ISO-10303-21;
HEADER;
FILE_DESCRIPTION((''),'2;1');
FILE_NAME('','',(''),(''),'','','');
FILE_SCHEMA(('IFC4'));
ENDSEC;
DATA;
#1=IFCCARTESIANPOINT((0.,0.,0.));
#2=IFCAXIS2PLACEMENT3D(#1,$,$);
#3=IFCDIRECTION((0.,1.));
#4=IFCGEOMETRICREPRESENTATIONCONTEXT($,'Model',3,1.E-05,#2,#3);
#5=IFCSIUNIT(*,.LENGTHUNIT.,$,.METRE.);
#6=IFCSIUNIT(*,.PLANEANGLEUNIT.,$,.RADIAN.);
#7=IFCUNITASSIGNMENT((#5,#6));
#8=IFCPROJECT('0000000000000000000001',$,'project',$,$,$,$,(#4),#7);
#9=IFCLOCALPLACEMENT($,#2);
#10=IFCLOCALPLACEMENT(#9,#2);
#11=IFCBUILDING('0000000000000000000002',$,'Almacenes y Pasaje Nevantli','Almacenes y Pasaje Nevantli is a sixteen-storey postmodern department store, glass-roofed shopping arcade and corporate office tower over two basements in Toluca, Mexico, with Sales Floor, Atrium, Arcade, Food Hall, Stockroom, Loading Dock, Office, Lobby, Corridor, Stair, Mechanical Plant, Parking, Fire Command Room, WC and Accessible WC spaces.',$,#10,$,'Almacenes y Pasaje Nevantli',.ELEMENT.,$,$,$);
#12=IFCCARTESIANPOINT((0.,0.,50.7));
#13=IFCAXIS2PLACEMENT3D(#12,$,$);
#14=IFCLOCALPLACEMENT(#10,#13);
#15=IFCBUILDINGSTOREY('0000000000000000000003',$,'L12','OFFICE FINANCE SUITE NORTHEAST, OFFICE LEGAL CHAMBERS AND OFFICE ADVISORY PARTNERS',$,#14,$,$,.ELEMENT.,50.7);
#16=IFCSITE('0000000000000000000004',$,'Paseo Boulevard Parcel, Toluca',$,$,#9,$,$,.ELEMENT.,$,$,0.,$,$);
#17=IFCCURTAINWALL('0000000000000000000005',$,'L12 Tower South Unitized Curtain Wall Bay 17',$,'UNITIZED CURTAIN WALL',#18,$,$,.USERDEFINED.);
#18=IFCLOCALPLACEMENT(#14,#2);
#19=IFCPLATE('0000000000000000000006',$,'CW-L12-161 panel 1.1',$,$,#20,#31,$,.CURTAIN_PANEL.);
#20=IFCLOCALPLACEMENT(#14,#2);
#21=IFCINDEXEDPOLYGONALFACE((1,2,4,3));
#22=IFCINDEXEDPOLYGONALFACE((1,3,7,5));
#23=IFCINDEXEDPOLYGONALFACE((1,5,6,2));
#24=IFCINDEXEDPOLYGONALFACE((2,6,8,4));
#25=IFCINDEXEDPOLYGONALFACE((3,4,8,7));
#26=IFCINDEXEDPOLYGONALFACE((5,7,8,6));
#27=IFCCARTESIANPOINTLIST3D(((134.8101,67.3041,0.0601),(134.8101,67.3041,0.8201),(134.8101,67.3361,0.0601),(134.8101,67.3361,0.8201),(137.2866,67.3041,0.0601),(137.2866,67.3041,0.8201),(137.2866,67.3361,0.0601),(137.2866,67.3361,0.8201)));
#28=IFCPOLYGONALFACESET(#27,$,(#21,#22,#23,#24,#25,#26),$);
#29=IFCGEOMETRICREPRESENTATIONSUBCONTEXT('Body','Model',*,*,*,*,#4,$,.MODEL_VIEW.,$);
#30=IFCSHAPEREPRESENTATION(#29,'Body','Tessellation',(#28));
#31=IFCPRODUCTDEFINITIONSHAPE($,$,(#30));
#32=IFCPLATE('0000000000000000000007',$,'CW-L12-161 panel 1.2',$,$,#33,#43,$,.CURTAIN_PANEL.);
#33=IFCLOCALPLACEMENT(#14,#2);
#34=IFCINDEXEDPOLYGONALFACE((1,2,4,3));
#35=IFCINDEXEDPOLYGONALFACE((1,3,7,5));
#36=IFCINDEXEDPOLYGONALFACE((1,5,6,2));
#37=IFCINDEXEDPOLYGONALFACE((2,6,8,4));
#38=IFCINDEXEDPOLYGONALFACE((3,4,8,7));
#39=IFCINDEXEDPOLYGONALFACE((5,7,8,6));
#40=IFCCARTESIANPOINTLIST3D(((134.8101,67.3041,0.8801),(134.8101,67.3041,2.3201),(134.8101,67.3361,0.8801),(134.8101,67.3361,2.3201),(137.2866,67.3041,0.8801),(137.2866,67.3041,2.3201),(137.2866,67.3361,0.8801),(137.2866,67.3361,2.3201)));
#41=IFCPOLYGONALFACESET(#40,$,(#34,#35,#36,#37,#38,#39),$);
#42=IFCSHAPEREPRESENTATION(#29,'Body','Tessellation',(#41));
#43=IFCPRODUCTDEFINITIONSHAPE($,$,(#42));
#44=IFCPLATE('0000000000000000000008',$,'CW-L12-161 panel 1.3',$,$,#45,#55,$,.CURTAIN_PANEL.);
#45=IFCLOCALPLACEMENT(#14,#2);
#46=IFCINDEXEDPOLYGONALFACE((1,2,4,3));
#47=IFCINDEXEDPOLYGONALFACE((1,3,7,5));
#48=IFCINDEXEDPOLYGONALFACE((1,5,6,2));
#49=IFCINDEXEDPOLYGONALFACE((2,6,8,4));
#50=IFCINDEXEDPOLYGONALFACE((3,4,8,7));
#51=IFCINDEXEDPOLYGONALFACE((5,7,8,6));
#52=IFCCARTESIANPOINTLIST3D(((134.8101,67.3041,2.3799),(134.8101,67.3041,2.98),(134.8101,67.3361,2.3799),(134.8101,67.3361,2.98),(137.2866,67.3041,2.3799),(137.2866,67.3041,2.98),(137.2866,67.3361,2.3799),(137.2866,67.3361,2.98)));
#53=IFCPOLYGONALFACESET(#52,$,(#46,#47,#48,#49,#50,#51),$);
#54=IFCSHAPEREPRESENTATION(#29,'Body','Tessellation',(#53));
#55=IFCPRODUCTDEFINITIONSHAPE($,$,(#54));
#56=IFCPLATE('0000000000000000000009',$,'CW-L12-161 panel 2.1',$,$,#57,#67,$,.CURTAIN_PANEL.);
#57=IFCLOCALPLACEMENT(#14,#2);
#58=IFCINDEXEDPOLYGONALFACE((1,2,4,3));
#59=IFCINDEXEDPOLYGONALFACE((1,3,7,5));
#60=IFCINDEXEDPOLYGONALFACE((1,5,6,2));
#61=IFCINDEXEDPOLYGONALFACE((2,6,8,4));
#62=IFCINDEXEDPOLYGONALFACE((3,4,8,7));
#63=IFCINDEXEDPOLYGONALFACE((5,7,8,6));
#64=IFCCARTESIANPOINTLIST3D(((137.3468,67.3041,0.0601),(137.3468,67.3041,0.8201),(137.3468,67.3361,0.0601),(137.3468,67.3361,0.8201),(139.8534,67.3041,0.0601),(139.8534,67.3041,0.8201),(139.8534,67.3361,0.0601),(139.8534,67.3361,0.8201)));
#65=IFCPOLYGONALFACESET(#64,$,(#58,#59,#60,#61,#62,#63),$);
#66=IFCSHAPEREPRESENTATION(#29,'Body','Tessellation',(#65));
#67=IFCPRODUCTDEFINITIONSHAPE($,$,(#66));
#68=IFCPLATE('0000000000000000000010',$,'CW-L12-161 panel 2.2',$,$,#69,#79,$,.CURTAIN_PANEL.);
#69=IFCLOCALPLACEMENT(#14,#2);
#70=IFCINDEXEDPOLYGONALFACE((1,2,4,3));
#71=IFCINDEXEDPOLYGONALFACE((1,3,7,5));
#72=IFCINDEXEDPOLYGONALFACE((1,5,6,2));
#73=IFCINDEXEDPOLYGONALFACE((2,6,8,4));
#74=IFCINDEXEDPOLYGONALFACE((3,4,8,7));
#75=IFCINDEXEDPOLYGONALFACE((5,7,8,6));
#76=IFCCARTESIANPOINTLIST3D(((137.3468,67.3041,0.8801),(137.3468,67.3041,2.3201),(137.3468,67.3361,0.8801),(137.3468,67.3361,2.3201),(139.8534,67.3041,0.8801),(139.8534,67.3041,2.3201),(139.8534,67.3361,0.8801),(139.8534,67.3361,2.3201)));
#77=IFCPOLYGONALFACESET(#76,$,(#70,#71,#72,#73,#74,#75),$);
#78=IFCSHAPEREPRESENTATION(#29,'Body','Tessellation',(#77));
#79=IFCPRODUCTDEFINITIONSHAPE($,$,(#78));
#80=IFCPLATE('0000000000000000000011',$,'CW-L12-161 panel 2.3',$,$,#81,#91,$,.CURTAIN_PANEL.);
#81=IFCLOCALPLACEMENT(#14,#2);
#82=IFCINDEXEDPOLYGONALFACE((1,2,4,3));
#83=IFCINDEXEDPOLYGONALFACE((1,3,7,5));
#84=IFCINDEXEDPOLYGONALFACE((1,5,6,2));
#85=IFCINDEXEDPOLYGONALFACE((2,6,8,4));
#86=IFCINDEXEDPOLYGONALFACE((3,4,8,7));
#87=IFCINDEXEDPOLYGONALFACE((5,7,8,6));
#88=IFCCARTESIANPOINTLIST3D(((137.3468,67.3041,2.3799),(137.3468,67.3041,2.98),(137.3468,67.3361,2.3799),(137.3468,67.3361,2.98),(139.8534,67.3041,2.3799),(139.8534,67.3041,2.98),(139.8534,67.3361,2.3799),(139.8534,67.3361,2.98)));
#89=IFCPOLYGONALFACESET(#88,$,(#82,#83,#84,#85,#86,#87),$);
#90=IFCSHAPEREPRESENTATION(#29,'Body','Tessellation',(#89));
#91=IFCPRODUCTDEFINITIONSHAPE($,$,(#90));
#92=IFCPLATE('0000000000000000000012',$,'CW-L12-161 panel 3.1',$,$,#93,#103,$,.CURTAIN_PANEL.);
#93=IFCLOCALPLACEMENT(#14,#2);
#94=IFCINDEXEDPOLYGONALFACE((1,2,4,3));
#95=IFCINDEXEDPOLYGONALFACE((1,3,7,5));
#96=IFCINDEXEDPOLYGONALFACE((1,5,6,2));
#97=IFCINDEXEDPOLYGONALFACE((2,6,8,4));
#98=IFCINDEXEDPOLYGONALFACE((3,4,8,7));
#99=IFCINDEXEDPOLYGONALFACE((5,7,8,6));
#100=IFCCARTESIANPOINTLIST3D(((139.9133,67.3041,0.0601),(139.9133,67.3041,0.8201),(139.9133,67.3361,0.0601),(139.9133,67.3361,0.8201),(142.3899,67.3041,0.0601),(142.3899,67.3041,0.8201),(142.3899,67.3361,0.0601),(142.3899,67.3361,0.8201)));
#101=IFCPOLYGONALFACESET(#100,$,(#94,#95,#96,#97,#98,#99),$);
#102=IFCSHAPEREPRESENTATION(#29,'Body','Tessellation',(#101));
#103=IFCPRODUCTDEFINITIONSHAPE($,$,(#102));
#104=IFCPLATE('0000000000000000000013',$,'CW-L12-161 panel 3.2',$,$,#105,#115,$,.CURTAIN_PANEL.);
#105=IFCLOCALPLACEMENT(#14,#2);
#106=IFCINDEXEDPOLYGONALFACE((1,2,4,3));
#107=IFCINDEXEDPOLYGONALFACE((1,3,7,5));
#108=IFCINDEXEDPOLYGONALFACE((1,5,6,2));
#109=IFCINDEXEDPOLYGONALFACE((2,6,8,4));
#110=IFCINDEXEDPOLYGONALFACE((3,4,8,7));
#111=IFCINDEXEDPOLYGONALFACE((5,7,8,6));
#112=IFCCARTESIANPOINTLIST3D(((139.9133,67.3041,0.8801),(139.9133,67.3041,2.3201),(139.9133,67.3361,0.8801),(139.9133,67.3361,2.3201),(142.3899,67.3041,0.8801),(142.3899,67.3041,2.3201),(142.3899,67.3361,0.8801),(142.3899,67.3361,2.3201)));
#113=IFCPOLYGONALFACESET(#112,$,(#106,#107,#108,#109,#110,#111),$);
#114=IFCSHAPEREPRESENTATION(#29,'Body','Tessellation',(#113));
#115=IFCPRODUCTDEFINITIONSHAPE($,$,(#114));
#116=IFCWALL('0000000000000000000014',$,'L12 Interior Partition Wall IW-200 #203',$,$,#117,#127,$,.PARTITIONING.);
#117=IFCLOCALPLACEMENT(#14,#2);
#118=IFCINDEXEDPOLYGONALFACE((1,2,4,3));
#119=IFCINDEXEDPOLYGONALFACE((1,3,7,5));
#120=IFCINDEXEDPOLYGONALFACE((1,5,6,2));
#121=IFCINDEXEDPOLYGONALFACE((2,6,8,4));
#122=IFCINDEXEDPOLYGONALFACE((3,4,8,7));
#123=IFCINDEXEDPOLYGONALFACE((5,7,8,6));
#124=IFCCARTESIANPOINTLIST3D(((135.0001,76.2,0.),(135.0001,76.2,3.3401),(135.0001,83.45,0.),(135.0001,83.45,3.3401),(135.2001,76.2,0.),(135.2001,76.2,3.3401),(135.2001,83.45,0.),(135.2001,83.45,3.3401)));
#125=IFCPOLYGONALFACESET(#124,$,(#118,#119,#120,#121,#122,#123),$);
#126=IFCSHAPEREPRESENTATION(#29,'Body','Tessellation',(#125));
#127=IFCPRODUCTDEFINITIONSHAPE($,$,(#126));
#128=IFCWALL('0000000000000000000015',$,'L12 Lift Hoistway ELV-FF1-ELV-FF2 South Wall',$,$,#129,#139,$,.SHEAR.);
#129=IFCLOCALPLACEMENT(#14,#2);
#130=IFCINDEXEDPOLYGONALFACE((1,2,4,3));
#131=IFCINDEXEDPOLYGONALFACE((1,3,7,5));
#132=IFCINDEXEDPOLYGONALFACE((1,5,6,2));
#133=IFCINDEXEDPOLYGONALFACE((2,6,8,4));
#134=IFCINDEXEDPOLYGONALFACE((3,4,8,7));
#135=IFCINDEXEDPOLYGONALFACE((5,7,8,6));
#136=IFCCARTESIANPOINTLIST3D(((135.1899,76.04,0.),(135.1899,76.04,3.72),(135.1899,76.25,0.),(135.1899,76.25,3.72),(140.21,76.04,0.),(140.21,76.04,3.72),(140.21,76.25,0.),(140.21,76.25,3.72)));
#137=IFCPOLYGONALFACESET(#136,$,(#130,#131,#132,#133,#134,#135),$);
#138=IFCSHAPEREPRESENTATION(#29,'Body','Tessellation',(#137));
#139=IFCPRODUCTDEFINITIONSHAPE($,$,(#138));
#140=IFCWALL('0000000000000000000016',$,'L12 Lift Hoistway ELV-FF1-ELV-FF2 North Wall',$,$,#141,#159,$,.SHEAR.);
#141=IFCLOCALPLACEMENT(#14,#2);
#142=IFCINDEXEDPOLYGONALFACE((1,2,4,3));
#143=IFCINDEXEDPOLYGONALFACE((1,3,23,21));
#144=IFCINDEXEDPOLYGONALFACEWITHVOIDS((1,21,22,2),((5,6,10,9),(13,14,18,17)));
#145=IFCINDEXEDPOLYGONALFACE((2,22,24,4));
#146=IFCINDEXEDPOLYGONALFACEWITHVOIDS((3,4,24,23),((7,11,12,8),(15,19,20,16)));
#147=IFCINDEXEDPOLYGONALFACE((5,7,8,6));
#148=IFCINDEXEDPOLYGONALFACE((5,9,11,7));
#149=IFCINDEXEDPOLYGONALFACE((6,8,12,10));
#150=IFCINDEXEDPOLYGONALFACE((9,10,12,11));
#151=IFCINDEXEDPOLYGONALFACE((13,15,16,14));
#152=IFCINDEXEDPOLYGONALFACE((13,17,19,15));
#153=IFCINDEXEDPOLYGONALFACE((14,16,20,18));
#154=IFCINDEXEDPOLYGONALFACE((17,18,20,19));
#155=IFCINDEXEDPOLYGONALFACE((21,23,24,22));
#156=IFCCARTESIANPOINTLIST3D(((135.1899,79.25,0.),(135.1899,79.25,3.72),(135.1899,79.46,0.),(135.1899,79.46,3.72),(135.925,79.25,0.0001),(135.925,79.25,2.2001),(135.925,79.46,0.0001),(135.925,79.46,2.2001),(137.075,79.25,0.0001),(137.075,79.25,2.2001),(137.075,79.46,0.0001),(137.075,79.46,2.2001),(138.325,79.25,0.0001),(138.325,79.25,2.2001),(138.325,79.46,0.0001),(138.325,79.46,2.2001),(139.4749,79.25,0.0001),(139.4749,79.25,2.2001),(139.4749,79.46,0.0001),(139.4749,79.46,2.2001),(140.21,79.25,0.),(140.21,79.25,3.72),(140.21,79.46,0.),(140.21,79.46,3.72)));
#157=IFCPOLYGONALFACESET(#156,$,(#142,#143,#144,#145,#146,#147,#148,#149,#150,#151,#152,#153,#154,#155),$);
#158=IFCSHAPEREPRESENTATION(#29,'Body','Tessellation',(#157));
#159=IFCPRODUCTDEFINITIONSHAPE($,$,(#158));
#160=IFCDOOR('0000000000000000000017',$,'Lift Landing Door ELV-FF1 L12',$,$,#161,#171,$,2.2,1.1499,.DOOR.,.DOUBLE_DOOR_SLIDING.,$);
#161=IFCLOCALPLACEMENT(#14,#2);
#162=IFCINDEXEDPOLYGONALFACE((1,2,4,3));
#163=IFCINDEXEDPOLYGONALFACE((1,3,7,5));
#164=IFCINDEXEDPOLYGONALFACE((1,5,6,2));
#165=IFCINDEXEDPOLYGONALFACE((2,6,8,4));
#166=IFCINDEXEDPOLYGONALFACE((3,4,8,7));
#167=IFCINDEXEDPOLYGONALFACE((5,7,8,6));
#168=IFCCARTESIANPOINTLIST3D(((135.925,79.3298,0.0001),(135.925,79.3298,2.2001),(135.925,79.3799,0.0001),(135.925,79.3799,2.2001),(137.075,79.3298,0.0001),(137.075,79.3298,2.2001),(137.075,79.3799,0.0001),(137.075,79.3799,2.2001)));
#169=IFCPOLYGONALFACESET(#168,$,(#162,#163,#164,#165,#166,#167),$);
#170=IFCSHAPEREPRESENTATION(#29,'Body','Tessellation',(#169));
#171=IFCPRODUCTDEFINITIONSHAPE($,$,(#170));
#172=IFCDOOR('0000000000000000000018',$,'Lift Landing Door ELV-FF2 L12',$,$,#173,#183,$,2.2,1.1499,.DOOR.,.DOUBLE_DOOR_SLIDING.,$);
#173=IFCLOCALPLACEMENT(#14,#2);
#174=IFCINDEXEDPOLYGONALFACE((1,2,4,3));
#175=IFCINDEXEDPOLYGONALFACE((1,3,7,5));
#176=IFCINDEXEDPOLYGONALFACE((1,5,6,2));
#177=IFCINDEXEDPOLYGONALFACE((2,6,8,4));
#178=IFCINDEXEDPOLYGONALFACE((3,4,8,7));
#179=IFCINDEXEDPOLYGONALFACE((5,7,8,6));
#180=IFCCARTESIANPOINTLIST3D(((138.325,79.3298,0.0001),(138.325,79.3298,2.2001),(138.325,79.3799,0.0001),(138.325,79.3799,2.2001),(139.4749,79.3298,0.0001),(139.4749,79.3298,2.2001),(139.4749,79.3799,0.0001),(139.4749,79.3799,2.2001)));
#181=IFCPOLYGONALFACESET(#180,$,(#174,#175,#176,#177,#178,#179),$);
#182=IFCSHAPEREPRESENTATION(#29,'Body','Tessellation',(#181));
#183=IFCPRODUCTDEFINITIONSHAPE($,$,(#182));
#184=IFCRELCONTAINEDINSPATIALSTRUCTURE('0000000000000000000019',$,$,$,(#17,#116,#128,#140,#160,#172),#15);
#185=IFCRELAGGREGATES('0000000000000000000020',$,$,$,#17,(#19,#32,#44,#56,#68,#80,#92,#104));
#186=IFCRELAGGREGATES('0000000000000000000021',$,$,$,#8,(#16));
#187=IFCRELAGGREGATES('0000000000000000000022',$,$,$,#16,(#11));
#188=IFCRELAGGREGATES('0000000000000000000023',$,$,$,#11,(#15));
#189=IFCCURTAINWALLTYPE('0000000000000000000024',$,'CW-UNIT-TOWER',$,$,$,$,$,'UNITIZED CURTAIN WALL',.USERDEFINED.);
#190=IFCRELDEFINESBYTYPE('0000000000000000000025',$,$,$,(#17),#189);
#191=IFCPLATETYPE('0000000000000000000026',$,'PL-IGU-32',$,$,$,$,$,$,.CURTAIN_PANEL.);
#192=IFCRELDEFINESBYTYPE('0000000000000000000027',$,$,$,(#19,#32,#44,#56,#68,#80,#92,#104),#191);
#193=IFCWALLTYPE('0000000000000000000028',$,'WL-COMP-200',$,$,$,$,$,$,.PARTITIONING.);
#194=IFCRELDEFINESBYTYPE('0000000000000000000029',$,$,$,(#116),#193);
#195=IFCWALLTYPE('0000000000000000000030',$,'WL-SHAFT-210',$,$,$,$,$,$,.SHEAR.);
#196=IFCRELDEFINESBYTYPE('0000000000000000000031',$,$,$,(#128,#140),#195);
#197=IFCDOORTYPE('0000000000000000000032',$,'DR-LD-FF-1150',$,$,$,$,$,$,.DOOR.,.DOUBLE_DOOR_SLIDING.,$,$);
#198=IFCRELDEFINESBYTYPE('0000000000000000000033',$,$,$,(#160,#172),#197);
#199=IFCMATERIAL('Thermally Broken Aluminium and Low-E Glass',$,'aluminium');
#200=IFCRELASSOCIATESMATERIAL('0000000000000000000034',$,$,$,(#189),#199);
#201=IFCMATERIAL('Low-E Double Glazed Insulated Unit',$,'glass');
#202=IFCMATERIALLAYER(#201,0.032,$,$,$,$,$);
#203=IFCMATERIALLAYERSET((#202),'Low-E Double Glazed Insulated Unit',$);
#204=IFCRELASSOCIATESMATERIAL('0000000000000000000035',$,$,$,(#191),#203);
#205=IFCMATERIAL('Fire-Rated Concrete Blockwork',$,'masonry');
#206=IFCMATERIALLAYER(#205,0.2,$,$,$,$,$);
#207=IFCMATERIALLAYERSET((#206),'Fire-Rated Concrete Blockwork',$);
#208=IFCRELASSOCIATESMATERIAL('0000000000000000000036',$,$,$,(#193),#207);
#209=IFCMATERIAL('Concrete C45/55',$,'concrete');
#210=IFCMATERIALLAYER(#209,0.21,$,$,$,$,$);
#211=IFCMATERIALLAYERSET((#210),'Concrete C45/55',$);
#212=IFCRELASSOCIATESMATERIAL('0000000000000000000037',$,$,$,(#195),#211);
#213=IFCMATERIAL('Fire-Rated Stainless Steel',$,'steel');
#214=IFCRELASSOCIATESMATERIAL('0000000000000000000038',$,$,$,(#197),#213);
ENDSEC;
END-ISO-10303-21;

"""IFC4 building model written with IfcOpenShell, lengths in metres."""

from ifc_helpers import new_model, si_unit, direction, frame, frame_2d, origin, origin_2d, place, context, subcontext, project, spatial, rectangle, extrude, material, layer, layer_set, type_object, element, fill, aggregate, save


model = new_model("IFC4")

# Units and contexts
model_context = context("Model", 3, precision=1e-05, world=origin(), true_north=direction((0.0, 1.0)))
body_context = subcontext(model_context, "Body", "Model", "MODEL_VIEW")
ifc_project = project(units=[si_unit("LENGTHUNIT", "METRE"), si_unit("PLANEANGLEUNIT", "RADIAN")], contexts=[model_context])

# Site, building, storey
site_placement = place(None, origin())
site = spatial("IfcSite", under=ifc_project, at=site_placement, Name="Paseo Boulevard Parcel, Toluca", CompositionType="ELEMENT", RefElevation=0.0)
building_placement = place(site_placement, origin())
building = spatial("IfcBuilding", under=site, at=building_placement, Name="Almacenes y Pasaje Nevantli", Description="Almacenes y Pasaje Nevantli is a sixteen-storey postmodern department store, glass-roofed shopping arcade and corporate office tower over two basements in Toluca, Mexico, with Sales Floor, Atrium, Arcade, Food Hall, Stockroom, Loading Dock, Office, Lobby, Corridor, Stair, Mechanical Plant, Parking, Fire Command Room, WC and Accessible WC spaces.", LongName="Almacenes y Pasaje Nevantli", CompositionType="ELEMENT")
storey_placement = place(building_placement, frame((0.0, 0.0, 50.7)))
storey = spatial("IfcBuildingStorey", under=building, at=storey_placement, Name="L12", Description="OFFICE FINANCE SUITE NORTHEAST, OFFICE LEGAL CHAMBERS AND OFFICE ADVISORY PARTNERS", CompositionType="ELEMENT", Elevation=50.7)

# Curtain wall, plates
ifc_material_1 = material(Name="Thermally Broken Aluminium and Low-E Glass", Category="aluminium")
curtain_wall_type = type_object("IfcCurtainWallType", Name="CW-UNIT-TOWER", ElementType="UNITIZED CURTAIN WALL", PredefinedType="USERDEFINED", material=ifc_material_1)
curtain_wall_placement = place(storey_placement, origin())
curtain_wall = element("IfcCurtainWall", 1, at=curtain_wall_placement, inside=storey, type_object=curtain_wall_type, Name="L12 Tower South Unitized Curtain Wall Bay 17", ObjectType="UNITIZED CURTAIN WALL", PredefinedType="USERDEFINED")
ifc_material_2 = material(Name="Low-E Double Glazed Insulated Unit", Category="glass")
ifc_layer_1 = layer(ifc_material_2, 0.032)
ifc_layer_set_1 = layer_set([ifc_layer_1], Name="Low-E Double Glazed Insulated Unit")
plate_type = type_object("IfcPlateType", Name="PL-IGU-32", PredefinedType="CURTAIN_PANEL", material=ifc_layer_set_1)
plate_1_placement = place(storey_placement, frame((136.0483, 67.3201, 0.0601), z_axis=(0.0, 0.0, 1.0), x_axis=(1.0, 0.0, 0.0)))
plate_1 = element("IfcPlate", 2, at=plate_1_placement, type_object=plate_type, Name="CW-L12-161 panel 1.1", PredefinedType="CURTAIN_PANEL", context=body_context, shape_type="SweptSolid", body=[
    extrude(rectangle(XDim=2.4766, YDim=0.032, at=origin_2d()), origin(), (0.0, 0.0, 1.0), 0.76),
])
plate_2_placement = place(storey_placement, frame((136.0483, 67.3201, 0.8801), z_axis=(0.0, 0.0, 1.0), x_axis=(1.0, 0.0, 0.0)))
plate_2 = element("IfcPlate", 3, at=plate_2_placement, type_object=plate_type, Name="CW-L12-161 panel 1.2", PredefinedType="CURTAIN_PANEL", context=body_context, shape_type="SweptSolid", body=[
    extrude(rectangle(XDim=2.4766, YDim=0.032, at=origin_2d()), origin(), (0.0, 0.0, 1.0), 1.4399),
])
plate_3_placement = place(storey_placement, frame((136.0483, 67.3201, 2.3799), z_axis=(0.0, 0.0, 1.0), x_axis=(1.0, 0.0, 0.0)))
plate_3 = element("IfcPlate", 4, at=plate_3_placement, type_object=plate_type, Name="CW-L12-161 panel 1.3", PredefinedType="CURTAIN_PANEL", context=body_context, shape_type="SweptSolid", body=[
    extrude(rectangle(XDim=2.4766, YDim=0.032, at=origin_2d()), origin(), (0.0, 0.0, 1.0), 0.6001),
])
plate_4_placement = place(storey_placement, frame((138.6001, 67.3201, 0.0601), z_axis=(0.0, 0.0, 1.0), x_axis=(1.0, 0.0, 0.0)))
plate_4 = element("IfcPlate", 5, at=plate_4_placement, type_object=plate_type, Name="CW-L12-161 panel 2.1", PredefinedType="CURTAIN_PANEL", context=body_context, shape_type="SweptSolid", body=[
    extrude(rectangle(XDim=2.5066, YDim=0.032, at=origin_2d()), origin(), (0.0, 0.0, 1.0), 0.76),
])
plate_5_placement = place(storey_placement, frame((138.6001, 67.3201, 0.8801), z_axis=(0.0, 0.0, 1.0), x_axis=(1.0, 0.0, 0.0)))
plate_5 = element("IfcPlate", 6, at=plate_5_placement, type_object=plate_type, Name="CW-L12-161 panel 2.2", PredefinedType="CURTAIN_PANEL", context=body_context, shape_type="SweptSolid", body=[
    extrude(rectangle(XDim=2.5066, YDim=0.032, at=origin_2d()), origin(), (0.0, 0.0, 1.0), 1.4399),
])
plate_6_placement = place(storey_placement, frame((138.6001, 67.3201, 2.3799), z_axis=(0.0, 0.0, 1.0), x_axis=(1.0, 0.0, 0.0)))
plate_6 = element("IfcPlate", 7, at=plate_6_placement, type_object=plate_type, Name="CW-L12-161 panel 2.3", PredefinedType="CURTAIN_PANEL", context=body_context, shape_type="SweptSolid", body=[
    extrude(rectangle(XDim=2.5066, YDim=0.032, at=origin_2d()), origin(), (0.0, 0.0, 1.0), 0.6001),
])
plate_7_placement = place(storey_placement, frame((141.1516, 67.3201, 0.0601), z_axis=(0.0, 0.0, 1.0), x_axis=(1.0, 0.0, 0.0)))
plate_7 = element("IfcPlate", 8, at=plate_7_placement, type_object=plate_type, Name="CW-L12-161 panel 3.1", PredefinedType="CURTAIN_PANEL", context=body_context, shape_type="SweptSolid", body=[
    extrude(rectangle(XDim=2.4766, YDim=0.032, at=origin_2d()), origin(), (0.0, 0.0, 1.0), 0.76),
])
plate_8_placement = place(storey_placement, frame((141.1516, 67.3201, 0.8801), z_axis=(0.0, 0.0, 1.0), x_axis=(1.0, 0.0, 0.0)))
plate_8 = element("IfcPlate", 9, at=plate_8_placement, type_object=plate_type, Name="CW-L12-161 panel 3.2", PredefinedType="CURTAIN_PANEL", context=body_context, shape_type="SweptSolid", body=[
    extrude(rectangle(XDim=2.4766, YDim=0.032, at=origin_2d()), origin(), (0.0, 0.0, 1.0), 1.4399),
])
aggregate(curtain_wall, [plate_1, plate_2, plate_3, plate_4, plate_5, plate_6, plate_7, plate_8])

# Walls
ifc_material_3 = material(Name="Fire-Rated Concrete Blockwork", Category="masonry")
ifc_layer_2 = layer(ifc_material_3, 0.2)
ifc_layer_set_2 = layer_set([ifc_layer_2], Name="Fire-Rated Concrete Blockwork")
wall_type_1 = type_object("IfcWallType", Name="WL-COMP-200", PredefinedType="PARTITIONING", material=ifc_layer_set_2)
wall_1_placement = place(storey_placement, frame((135.1001, 76.2, 0.0), z_axis=(0.0, 0.0, 1.0), x_axis=(0.0, 1.0, 0.0)))
element("IfcWall", 10, at=wall_1_placement, inside=storey, type_object=wall_type_1, Name="L12 Interior Partition Wall IW-200 #203", PredefinedType="PARTITIONING", context=body_context, shape_type="SweptSolid", body=[
    extrude(rectangle(XDim=7.25, YDim=0.2, at=frame_2d((3.625, 0.0))), origin(), (0.0, 0.0, 1.0), 3.3401),
])
ifc_material_4 = material(Name="Concrete C45/55", Category="concrete")
ifc_layer_3 = layer(ifc_material_4, 0.21)
ifc_layer_set_3 = layer_set([ifc_layer_3], Name="Concrete C45/55")
wall_type_2 = type_object("IfcWallType", Name="WL-SHAFT-210", PredefinedType="SHEAR", material=ifc_layer_set_3)
wall_2_placement = place(storey_placement, frame((135.1899, 76.145, 0.0), z_axis=(0.0, 0.0, 1.0), x_axis=(1.0, 0.0, 0.0)))
element("IfcWall", 11, at=wall_2_placement, inside=storey, type_object=wall_type_2, Name="L12 Lift Hoistway ELV-FF1-ELV-FF2 South Wall", PredefinedType="SHEAR", context=body_context, shape_type="SweptSolid", body=[
    extrude(rectangle(XDim=5.02, YDim=0.21, at=frame_2d((2.51, 0.0))), origin(), (0.0, 0.0, 1.0), 3.72),
])

# Wall, openings, doors
wall_3_placement = place(storey_placement, frame((135.1899, 79.355, 0.0), z_axis=(0.0, 0.0, 1.0), x_axis=(1.0, 0.0, 0.0)))
wall_3 = element("IfcWall", 12, at=wall_3_placement, inside=storey, type_object=wall_type_2, Name="L12 Lift Hoistway ELV-FF1-ELV-FF2 North Wall", PredefinedType="SHEAR", context=body_context, shape_type="SweptSolid", body=[
    extrude(rectangle(XDim=5.02, YDim=0.21, at=frame_2d((2.51, 0.0))), origin(), (0.0, 0.0, 1.0), 3.72),
])
opening_1_placement = place(wall_3_placement, frame((0.7351, 0.0, 0.0)))
opening_1 = element("IfcOpeningElement", 13, at=opening_1_placement, cuts=wall_3, PredefinedType="OPENING", context=body_context, shape_type="SweptSolid", body=[
    extrude(rectangle(XDim=1.1499, YDim=2.2, at=frame_2d((0.575, 1.1001))), frame((0.0, 0.115, 0.0), z_axis=(0.0, -1.0, 0.0), x_axis=(1.0, 0.0, 0.0)), (0.0, 0.0, 1.0), 0.23),
])
opening_2_placement = place(wall_3_placement, frame((3.135, 0.0, 0.0)))
opening_2 = element("IfcOpeningElement", 14, at=opening_2_placement, cuts=wall_3, PredefinedType="OPENING", context=body_context, shape_type="SweptSolid", body=[
    extrude(rectangle(XDim=1.1499, YDim=2.2, at=frame_2d((0.575, 1.1001))), frame((0.0, 0.115, 0.0), z_axis=(0.0, -1.0, 0.0), x_axis=(1.0, 0.0, 0.0)), (0.0, 0.0, 1.0), 0.23),
])
ifc_material_5 = material(Name="Fire-Rated Stainless Steel", Category="steel")
door_type = type_object("IfcDoorType", Name="DR-LD-FF-1150", OperationType="DOUBLE_DOOR_SLIDING", PredefinedType="DOOR", material=ifc_material_5)
door_1_placement = place(opening_1_placement, origin())
door_1 = element("IfcDoor", 15, at=door_1_placement, inside=storey, type_object=door_type, Name="Lift Landing Door ELV-FF1 L12", OperationType="DOUBLE_DOOR_SLIDING", OverallHeight=2.2, OverallWidth=1.1499, PredefinedType="DOOR", context=body_context, shape_type="SweptSolid", body=[
    extrude(rectangle(XDim=1.1499, YDim=2.2, at=frame_2d((0.575, 1.1001))), frame((0.0, 0.0249, 0.0), z_axis=(0.0, -1.0, 0.0), x_axis=(1.0, 0.0, 0.0)), (0.0, 0.0, 1.0), 0.05),
])
fill(opening_1, door_1)
door_2_placement = place(opening_2_placement, origin())
door_2 = element("IfcDoor", 16, at=door_2_placement, inside=storey, type_object=door_type, Name="Lift Landing Door ELV-FF2 L12", OperationType="DOUBLE_DOOR_SLIDING", OverallHeight=2.2, OverallWidth=1.1499, PredefinedType="DOOR", context=body_context, shape_type="SweptSolid", body=[
    extrude(rectangle(XDim=1.1499, YDim=2.2, at=frame_2d((0.575, 1.1001))), frame((0.0, 0.0249, 0.0), z_axis=(0.0, -1.0, 0.0), x_axis=(1.0, 0.0, 0.0)), (0.0, 0.0, 1.0), 0.05),
])
fill(opening_2, door_2)

save(model, "model.ifc")
